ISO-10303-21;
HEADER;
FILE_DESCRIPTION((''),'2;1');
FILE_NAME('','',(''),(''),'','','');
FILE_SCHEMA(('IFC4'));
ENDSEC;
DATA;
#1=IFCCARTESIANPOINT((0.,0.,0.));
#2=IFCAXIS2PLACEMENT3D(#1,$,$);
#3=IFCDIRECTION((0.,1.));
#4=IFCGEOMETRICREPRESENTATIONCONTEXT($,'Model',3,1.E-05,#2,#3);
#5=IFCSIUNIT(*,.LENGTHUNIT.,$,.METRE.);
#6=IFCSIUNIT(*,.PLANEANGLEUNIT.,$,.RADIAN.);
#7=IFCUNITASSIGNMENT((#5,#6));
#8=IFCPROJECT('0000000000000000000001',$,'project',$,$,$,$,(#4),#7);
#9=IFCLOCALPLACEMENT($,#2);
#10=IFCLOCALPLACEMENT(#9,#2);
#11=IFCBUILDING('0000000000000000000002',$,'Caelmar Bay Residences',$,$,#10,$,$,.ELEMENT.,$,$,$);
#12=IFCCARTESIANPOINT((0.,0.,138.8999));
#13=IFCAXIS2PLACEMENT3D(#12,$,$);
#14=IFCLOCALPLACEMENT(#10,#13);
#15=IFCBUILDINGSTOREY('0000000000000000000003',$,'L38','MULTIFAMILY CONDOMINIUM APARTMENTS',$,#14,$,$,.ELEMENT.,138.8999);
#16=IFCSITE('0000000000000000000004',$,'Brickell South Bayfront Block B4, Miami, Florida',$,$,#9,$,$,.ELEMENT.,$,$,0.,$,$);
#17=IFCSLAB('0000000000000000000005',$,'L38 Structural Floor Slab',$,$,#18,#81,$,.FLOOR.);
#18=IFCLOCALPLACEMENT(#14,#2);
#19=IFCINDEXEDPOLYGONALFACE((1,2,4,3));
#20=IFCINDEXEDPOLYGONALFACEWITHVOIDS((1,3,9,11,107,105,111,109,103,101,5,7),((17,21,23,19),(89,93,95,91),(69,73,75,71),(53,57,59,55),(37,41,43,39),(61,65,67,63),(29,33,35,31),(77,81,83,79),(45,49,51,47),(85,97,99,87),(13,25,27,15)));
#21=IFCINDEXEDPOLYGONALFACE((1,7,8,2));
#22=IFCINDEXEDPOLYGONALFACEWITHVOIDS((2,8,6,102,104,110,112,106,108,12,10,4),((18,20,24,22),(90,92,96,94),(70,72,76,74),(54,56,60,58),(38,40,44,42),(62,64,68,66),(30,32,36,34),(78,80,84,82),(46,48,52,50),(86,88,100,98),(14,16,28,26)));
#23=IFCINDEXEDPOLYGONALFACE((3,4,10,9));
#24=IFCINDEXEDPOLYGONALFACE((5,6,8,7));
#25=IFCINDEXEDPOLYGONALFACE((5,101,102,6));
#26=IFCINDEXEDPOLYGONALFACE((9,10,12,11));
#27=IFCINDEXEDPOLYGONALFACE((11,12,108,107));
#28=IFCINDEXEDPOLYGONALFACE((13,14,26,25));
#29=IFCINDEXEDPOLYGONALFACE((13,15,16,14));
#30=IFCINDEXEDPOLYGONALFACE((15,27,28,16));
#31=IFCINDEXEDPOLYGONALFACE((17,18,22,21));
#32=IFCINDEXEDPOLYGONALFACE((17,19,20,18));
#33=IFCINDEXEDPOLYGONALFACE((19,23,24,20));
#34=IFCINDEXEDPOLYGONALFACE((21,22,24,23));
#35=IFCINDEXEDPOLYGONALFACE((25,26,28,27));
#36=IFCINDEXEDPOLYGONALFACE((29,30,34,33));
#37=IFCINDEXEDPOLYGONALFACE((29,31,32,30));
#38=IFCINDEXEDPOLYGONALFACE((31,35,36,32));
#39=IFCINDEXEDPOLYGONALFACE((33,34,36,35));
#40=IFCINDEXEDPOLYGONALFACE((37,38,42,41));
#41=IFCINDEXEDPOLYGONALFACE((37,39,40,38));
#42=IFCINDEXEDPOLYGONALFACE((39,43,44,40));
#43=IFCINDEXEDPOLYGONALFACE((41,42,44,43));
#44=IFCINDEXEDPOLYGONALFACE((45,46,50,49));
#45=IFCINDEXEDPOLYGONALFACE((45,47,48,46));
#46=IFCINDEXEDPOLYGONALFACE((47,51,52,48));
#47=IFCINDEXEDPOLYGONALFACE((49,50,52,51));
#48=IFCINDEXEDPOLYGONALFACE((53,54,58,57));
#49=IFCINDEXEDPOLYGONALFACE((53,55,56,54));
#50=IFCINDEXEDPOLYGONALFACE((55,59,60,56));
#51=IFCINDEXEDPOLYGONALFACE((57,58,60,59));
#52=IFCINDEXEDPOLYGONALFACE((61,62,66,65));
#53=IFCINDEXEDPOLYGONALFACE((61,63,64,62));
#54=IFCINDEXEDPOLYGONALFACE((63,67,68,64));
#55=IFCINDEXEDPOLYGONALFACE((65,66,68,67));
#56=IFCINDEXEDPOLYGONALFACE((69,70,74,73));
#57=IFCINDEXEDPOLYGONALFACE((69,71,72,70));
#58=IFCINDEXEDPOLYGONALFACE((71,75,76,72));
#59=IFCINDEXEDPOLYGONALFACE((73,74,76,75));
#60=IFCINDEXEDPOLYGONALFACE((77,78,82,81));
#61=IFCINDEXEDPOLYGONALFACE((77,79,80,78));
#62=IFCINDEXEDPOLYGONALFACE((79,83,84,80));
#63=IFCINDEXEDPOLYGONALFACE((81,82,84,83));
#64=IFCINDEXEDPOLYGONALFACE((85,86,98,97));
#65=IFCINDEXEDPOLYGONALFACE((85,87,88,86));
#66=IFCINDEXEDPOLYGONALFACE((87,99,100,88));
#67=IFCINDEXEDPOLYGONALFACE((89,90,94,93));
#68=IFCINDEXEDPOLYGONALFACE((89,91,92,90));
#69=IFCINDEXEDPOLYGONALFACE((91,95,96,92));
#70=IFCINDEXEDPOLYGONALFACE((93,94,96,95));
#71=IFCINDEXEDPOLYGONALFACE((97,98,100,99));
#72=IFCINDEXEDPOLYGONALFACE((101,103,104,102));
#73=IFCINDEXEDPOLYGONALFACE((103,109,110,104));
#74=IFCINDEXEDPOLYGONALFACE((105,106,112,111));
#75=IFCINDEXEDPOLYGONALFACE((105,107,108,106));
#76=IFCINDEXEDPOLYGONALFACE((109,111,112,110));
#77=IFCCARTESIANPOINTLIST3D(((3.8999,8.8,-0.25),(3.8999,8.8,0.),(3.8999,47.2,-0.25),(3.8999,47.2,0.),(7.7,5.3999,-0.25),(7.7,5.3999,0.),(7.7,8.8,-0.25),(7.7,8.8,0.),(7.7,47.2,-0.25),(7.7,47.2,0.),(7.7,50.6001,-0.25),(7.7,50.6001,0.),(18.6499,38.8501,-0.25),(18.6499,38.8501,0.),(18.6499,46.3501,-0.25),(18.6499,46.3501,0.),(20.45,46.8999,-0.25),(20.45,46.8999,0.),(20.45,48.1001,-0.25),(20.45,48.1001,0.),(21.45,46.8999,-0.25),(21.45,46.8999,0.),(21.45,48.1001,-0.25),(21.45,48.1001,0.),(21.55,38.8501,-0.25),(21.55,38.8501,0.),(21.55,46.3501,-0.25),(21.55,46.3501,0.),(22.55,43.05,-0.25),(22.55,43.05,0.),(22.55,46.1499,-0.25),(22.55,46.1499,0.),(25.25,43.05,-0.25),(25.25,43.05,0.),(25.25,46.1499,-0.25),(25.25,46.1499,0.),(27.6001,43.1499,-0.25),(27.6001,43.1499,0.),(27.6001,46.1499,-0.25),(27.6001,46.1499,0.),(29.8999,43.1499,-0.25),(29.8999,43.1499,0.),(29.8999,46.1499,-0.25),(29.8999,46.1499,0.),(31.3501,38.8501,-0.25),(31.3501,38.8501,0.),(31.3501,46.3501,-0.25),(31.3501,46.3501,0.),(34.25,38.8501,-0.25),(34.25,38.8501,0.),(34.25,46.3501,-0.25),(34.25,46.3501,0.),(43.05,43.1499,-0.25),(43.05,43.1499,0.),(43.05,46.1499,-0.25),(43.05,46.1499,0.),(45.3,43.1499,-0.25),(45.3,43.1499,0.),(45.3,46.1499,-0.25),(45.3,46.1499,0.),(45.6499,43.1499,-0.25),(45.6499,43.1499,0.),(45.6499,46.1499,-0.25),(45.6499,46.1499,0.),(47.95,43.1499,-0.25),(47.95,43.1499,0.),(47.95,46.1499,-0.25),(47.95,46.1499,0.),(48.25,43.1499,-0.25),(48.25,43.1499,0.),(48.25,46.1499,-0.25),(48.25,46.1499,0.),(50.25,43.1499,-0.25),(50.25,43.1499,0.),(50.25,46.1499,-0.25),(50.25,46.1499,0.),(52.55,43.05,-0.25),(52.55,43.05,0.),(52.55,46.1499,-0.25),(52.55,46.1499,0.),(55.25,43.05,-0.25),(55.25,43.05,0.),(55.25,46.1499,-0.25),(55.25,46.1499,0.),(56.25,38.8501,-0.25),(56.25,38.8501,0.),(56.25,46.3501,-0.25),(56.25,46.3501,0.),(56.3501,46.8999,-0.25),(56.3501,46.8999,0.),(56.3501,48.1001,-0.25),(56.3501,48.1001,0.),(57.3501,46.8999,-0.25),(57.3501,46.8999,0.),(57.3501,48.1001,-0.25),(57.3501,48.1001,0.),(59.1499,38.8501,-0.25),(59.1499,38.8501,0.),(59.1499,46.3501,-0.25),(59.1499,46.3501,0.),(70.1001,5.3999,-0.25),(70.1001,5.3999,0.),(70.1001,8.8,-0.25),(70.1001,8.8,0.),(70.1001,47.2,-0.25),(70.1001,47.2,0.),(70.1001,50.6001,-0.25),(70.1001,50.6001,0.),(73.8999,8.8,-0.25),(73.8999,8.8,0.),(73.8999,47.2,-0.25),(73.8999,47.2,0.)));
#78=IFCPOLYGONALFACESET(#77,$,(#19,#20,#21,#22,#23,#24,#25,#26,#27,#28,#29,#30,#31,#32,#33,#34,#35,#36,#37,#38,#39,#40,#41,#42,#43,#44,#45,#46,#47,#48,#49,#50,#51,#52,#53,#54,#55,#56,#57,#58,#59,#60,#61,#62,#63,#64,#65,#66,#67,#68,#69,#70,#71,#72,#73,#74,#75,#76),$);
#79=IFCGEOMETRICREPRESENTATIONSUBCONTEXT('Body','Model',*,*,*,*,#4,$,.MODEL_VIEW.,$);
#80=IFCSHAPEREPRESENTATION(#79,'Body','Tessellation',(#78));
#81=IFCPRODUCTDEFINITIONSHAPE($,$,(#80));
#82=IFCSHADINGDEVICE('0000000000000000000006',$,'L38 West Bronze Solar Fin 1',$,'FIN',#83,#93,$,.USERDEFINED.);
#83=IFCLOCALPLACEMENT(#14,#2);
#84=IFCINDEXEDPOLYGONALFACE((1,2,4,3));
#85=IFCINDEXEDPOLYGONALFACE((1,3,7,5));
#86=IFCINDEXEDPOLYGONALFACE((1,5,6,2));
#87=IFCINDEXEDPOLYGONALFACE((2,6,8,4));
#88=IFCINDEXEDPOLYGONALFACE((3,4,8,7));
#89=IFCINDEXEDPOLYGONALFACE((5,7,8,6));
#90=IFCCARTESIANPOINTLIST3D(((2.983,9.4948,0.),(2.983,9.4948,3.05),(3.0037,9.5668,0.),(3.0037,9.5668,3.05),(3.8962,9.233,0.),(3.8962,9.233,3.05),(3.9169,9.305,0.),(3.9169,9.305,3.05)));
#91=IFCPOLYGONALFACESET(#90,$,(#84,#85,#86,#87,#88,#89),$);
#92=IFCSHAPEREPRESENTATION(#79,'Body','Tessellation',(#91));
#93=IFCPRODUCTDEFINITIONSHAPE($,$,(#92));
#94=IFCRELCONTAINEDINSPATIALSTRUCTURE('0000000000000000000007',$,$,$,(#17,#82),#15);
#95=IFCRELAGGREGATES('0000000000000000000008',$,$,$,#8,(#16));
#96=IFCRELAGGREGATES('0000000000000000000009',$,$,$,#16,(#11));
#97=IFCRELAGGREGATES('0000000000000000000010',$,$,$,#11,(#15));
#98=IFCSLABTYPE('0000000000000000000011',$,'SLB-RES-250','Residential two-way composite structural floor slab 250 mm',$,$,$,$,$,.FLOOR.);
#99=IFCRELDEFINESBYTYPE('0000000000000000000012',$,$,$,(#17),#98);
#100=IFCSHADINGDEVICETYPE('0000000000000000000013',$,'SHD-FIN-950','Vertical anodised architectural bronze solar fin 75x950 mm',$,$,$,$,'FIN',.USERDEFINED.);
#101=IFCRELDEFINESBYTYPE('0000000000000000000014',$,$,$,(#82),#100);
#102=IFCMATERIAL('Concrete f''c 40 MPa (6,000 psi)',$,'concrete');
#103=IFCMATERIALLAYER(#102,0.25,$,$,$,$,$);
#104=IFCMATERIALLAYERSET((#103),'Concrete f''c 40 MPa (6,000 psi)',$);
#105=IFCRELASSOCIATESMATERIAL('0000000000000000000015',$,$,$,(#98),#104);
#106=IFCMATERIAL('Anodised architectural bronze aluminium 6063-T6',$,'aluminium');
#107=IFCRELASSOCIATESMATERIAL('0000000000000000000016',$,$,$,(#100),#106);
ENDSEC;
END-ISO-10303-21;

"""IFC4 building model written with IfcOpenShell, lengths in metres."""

from ifc_helpers import new_model, si_unit, direction, frame, origin, origin_2d, place, context, subcontext, project, spatial, polyline, rectangle, outline, extrude, material, layer, layer_set, material_profile, profile_set, type_object, element, save


model = new_model("IFC4")

# Units and contexts
model_context = context("Model", 3, precision=1e-05, world=origin(), true_north=direction((0.0, 1.0)))
body_context = subcontext(model_context, "Body", "Model", "MODEL_VIEW")
ifc_project = project(units=[si_unit("LENGTHUNIT", "METRE"), si_unit("PLANEANGLEUNIT", "RADIAN")], contexts=[model_context])

# Site, building, storey
site_placement = place(None, origin())
site = spatial("IfcSite", under=ifc_project, at=site_placement, Name="Brickell South Bayfront Block B4, Miami, Florida", CompositionType="ELEMENT", RefElevation=0.0)
building_placement = place(site_placement, origin())
building = spatial("IfcBuilding", under=site, at=building_placement, Name="Caelmar Bay Residences", CompositionType="ELEMENT")
storey_placement = place(building_placement, frame((0.0, 0.0, 138.8999)))
storey = spatial("IfcBuildingStorey", under=building, at=storey_placement, Name="L38", Description="MULTIFAMILY CONDOMINIUM APARTMENTS", CompositionType="ELEMENT", Elevation=138.8999)

# Shared definitions
ifc_material_1 = material(Name="Concrete f'c 40 MPa (6,000 psi)", Category="concrete")

# Slab
ifc_layer_1 = layer(ifc_material_1, 0.25)
ifc_layer_set_1 = layer_set([ifc_layer_1], Name="Concrete f'c 40 MPa (6,000 psi)")
slab_type_1 = type_object("IfcSlabType", Name="SLB-RES-250", Description="Residential two-way composite structural floor slab 250 mm", PredefinedType="FLOOR", material=ifc_layer_set_1)
slab_1_placement = place(storey_placement, frame((0.0, 0.0, -0.25)))
element("IfcSlab", 1, at=slab_1_placement, inside=storey, type_object=slab_type_1, Name="L38 Structural Floor Slab", PredefinedType="FLOOR", context=body_context, shape_type="SweptSolid", body=[
    extrude(outline(polyline([(7.7, 5.3999), (70.1001, 5.3999), (70.1001, 8.8), (73.8999, 8.8), (73.8999, 47.2), (70.1001, 47.2), (70.1001, 50.6001), (7.7, 50.6001), (7.7, 47.2), (3.8999, 47.2), (3.8999, 8.8), (7.7, 8.8), (7.7, 5.3999)]), holes=[polyline([(18.6499, 38.8501), (21.55, 38.8501), (21.55, 46.3501), (18.6499, 46.3501), (18.6499, 38.8501)]), polyline([(56.25, 38.8501), (59.1499, 38.8501), (59.1499, 46.3501), (56.25, 46.3501), (56.25, 38.8501)]), polyline([(31.3501, 38.8501), (34.25, 38.8501), (34.25, 46.3501), (31.3501, 46.3501), (31.3501, 38.8501)]), polyline([(22.55, 43.05), (25.25, 43.05), (25.25, 46.1499), (22.55, 46.1499), (22.55, 43.05)]), polyline([(52.55, 43.05), (55.25, 43.05), (55.25, 46.1499), (52.55, 46.1499), (52.55, 43.05)]), polyline([(43.05, 43.1499), (45.3, 43.1499), (45.3, 46.1499), (43.05, 46.1499), (43.05, 43.1499)]), polyline([(45.6499, 43.1499), (47.95, 43.1499), (47.95, 46.1499), (45.6499, 46.1499), (45.6499, 43.1499)]), polyline([(48.25, 43.1499), (50.25, 43.1499), (50.25, 46.1499), (48.25, 46.1499), (48.25, 43.1499)]), polyline([(27.6001, 43.1499), (29.8999, 43.1499), (29.8999, 46.1499), (27.6001, 46.1499), (27.6001, 43.1499)]), polyline([(20.45, 46.8999), (21.45, 46.8999), (21.45, 48.1001), (20.45, 48.1001), (20.45, 46.8999)]), polyline([(56.3501, 46.8999), (57.3501, 46.8999), (57.3501, 48.1001), (56.3501, 48.1001), (56.3501, 46.8999)])]), origin(), (0.0, 0.0, 1.0), 0.25),
])

# Shading device
ifc_material_2 = material(Name="Anodised architectural bronze aluminium 6063-T6", Category="aluminium")
ifc_material_profile_1 = material_profile(ifc_material_2, rectangle(XDim=0.075, YDim=0.95, at=origin_2d()), Name="BRONZE-FIN-75X950")
ifc_profile_set_1 = profile_set([ifc_material_profile_1], Name="Anodised architectural bronze aluminium 6063-T6")
shading_device_type = type_object("IfcShadingDeviceType", Name="SHD-FIN-950", Description="Vertical anodised architectural bronze solar fin 75x950 mm", ElementType="FIN", PredefinedType="USERDEFINED", material=ifc_profile_set_1)
shading_device_placement = place(storey_placement, frame((3.45, 9.3999, 0.0), z_axis=(0.0, 0.0, 1.0), x_axis=(0.275637, 0.961262, 0.0)))
element("IfcShadingDevice", 2, at=shading_device_placement, inside=storey, type_object=shading_device_type, Name="L38 West Bronze Solar Fin 1", ObjectType="FIN", PredefinedType="USERDEFINED", context=body_context, shape_type="SweptSolid", body=[
    extrude(rectangle(XDim=0.075, YDim=0.95, at=origin_2d()), origin(), (0.0, 0.0, 1.0), 3.05),
])

save(model, "model.ifc")
